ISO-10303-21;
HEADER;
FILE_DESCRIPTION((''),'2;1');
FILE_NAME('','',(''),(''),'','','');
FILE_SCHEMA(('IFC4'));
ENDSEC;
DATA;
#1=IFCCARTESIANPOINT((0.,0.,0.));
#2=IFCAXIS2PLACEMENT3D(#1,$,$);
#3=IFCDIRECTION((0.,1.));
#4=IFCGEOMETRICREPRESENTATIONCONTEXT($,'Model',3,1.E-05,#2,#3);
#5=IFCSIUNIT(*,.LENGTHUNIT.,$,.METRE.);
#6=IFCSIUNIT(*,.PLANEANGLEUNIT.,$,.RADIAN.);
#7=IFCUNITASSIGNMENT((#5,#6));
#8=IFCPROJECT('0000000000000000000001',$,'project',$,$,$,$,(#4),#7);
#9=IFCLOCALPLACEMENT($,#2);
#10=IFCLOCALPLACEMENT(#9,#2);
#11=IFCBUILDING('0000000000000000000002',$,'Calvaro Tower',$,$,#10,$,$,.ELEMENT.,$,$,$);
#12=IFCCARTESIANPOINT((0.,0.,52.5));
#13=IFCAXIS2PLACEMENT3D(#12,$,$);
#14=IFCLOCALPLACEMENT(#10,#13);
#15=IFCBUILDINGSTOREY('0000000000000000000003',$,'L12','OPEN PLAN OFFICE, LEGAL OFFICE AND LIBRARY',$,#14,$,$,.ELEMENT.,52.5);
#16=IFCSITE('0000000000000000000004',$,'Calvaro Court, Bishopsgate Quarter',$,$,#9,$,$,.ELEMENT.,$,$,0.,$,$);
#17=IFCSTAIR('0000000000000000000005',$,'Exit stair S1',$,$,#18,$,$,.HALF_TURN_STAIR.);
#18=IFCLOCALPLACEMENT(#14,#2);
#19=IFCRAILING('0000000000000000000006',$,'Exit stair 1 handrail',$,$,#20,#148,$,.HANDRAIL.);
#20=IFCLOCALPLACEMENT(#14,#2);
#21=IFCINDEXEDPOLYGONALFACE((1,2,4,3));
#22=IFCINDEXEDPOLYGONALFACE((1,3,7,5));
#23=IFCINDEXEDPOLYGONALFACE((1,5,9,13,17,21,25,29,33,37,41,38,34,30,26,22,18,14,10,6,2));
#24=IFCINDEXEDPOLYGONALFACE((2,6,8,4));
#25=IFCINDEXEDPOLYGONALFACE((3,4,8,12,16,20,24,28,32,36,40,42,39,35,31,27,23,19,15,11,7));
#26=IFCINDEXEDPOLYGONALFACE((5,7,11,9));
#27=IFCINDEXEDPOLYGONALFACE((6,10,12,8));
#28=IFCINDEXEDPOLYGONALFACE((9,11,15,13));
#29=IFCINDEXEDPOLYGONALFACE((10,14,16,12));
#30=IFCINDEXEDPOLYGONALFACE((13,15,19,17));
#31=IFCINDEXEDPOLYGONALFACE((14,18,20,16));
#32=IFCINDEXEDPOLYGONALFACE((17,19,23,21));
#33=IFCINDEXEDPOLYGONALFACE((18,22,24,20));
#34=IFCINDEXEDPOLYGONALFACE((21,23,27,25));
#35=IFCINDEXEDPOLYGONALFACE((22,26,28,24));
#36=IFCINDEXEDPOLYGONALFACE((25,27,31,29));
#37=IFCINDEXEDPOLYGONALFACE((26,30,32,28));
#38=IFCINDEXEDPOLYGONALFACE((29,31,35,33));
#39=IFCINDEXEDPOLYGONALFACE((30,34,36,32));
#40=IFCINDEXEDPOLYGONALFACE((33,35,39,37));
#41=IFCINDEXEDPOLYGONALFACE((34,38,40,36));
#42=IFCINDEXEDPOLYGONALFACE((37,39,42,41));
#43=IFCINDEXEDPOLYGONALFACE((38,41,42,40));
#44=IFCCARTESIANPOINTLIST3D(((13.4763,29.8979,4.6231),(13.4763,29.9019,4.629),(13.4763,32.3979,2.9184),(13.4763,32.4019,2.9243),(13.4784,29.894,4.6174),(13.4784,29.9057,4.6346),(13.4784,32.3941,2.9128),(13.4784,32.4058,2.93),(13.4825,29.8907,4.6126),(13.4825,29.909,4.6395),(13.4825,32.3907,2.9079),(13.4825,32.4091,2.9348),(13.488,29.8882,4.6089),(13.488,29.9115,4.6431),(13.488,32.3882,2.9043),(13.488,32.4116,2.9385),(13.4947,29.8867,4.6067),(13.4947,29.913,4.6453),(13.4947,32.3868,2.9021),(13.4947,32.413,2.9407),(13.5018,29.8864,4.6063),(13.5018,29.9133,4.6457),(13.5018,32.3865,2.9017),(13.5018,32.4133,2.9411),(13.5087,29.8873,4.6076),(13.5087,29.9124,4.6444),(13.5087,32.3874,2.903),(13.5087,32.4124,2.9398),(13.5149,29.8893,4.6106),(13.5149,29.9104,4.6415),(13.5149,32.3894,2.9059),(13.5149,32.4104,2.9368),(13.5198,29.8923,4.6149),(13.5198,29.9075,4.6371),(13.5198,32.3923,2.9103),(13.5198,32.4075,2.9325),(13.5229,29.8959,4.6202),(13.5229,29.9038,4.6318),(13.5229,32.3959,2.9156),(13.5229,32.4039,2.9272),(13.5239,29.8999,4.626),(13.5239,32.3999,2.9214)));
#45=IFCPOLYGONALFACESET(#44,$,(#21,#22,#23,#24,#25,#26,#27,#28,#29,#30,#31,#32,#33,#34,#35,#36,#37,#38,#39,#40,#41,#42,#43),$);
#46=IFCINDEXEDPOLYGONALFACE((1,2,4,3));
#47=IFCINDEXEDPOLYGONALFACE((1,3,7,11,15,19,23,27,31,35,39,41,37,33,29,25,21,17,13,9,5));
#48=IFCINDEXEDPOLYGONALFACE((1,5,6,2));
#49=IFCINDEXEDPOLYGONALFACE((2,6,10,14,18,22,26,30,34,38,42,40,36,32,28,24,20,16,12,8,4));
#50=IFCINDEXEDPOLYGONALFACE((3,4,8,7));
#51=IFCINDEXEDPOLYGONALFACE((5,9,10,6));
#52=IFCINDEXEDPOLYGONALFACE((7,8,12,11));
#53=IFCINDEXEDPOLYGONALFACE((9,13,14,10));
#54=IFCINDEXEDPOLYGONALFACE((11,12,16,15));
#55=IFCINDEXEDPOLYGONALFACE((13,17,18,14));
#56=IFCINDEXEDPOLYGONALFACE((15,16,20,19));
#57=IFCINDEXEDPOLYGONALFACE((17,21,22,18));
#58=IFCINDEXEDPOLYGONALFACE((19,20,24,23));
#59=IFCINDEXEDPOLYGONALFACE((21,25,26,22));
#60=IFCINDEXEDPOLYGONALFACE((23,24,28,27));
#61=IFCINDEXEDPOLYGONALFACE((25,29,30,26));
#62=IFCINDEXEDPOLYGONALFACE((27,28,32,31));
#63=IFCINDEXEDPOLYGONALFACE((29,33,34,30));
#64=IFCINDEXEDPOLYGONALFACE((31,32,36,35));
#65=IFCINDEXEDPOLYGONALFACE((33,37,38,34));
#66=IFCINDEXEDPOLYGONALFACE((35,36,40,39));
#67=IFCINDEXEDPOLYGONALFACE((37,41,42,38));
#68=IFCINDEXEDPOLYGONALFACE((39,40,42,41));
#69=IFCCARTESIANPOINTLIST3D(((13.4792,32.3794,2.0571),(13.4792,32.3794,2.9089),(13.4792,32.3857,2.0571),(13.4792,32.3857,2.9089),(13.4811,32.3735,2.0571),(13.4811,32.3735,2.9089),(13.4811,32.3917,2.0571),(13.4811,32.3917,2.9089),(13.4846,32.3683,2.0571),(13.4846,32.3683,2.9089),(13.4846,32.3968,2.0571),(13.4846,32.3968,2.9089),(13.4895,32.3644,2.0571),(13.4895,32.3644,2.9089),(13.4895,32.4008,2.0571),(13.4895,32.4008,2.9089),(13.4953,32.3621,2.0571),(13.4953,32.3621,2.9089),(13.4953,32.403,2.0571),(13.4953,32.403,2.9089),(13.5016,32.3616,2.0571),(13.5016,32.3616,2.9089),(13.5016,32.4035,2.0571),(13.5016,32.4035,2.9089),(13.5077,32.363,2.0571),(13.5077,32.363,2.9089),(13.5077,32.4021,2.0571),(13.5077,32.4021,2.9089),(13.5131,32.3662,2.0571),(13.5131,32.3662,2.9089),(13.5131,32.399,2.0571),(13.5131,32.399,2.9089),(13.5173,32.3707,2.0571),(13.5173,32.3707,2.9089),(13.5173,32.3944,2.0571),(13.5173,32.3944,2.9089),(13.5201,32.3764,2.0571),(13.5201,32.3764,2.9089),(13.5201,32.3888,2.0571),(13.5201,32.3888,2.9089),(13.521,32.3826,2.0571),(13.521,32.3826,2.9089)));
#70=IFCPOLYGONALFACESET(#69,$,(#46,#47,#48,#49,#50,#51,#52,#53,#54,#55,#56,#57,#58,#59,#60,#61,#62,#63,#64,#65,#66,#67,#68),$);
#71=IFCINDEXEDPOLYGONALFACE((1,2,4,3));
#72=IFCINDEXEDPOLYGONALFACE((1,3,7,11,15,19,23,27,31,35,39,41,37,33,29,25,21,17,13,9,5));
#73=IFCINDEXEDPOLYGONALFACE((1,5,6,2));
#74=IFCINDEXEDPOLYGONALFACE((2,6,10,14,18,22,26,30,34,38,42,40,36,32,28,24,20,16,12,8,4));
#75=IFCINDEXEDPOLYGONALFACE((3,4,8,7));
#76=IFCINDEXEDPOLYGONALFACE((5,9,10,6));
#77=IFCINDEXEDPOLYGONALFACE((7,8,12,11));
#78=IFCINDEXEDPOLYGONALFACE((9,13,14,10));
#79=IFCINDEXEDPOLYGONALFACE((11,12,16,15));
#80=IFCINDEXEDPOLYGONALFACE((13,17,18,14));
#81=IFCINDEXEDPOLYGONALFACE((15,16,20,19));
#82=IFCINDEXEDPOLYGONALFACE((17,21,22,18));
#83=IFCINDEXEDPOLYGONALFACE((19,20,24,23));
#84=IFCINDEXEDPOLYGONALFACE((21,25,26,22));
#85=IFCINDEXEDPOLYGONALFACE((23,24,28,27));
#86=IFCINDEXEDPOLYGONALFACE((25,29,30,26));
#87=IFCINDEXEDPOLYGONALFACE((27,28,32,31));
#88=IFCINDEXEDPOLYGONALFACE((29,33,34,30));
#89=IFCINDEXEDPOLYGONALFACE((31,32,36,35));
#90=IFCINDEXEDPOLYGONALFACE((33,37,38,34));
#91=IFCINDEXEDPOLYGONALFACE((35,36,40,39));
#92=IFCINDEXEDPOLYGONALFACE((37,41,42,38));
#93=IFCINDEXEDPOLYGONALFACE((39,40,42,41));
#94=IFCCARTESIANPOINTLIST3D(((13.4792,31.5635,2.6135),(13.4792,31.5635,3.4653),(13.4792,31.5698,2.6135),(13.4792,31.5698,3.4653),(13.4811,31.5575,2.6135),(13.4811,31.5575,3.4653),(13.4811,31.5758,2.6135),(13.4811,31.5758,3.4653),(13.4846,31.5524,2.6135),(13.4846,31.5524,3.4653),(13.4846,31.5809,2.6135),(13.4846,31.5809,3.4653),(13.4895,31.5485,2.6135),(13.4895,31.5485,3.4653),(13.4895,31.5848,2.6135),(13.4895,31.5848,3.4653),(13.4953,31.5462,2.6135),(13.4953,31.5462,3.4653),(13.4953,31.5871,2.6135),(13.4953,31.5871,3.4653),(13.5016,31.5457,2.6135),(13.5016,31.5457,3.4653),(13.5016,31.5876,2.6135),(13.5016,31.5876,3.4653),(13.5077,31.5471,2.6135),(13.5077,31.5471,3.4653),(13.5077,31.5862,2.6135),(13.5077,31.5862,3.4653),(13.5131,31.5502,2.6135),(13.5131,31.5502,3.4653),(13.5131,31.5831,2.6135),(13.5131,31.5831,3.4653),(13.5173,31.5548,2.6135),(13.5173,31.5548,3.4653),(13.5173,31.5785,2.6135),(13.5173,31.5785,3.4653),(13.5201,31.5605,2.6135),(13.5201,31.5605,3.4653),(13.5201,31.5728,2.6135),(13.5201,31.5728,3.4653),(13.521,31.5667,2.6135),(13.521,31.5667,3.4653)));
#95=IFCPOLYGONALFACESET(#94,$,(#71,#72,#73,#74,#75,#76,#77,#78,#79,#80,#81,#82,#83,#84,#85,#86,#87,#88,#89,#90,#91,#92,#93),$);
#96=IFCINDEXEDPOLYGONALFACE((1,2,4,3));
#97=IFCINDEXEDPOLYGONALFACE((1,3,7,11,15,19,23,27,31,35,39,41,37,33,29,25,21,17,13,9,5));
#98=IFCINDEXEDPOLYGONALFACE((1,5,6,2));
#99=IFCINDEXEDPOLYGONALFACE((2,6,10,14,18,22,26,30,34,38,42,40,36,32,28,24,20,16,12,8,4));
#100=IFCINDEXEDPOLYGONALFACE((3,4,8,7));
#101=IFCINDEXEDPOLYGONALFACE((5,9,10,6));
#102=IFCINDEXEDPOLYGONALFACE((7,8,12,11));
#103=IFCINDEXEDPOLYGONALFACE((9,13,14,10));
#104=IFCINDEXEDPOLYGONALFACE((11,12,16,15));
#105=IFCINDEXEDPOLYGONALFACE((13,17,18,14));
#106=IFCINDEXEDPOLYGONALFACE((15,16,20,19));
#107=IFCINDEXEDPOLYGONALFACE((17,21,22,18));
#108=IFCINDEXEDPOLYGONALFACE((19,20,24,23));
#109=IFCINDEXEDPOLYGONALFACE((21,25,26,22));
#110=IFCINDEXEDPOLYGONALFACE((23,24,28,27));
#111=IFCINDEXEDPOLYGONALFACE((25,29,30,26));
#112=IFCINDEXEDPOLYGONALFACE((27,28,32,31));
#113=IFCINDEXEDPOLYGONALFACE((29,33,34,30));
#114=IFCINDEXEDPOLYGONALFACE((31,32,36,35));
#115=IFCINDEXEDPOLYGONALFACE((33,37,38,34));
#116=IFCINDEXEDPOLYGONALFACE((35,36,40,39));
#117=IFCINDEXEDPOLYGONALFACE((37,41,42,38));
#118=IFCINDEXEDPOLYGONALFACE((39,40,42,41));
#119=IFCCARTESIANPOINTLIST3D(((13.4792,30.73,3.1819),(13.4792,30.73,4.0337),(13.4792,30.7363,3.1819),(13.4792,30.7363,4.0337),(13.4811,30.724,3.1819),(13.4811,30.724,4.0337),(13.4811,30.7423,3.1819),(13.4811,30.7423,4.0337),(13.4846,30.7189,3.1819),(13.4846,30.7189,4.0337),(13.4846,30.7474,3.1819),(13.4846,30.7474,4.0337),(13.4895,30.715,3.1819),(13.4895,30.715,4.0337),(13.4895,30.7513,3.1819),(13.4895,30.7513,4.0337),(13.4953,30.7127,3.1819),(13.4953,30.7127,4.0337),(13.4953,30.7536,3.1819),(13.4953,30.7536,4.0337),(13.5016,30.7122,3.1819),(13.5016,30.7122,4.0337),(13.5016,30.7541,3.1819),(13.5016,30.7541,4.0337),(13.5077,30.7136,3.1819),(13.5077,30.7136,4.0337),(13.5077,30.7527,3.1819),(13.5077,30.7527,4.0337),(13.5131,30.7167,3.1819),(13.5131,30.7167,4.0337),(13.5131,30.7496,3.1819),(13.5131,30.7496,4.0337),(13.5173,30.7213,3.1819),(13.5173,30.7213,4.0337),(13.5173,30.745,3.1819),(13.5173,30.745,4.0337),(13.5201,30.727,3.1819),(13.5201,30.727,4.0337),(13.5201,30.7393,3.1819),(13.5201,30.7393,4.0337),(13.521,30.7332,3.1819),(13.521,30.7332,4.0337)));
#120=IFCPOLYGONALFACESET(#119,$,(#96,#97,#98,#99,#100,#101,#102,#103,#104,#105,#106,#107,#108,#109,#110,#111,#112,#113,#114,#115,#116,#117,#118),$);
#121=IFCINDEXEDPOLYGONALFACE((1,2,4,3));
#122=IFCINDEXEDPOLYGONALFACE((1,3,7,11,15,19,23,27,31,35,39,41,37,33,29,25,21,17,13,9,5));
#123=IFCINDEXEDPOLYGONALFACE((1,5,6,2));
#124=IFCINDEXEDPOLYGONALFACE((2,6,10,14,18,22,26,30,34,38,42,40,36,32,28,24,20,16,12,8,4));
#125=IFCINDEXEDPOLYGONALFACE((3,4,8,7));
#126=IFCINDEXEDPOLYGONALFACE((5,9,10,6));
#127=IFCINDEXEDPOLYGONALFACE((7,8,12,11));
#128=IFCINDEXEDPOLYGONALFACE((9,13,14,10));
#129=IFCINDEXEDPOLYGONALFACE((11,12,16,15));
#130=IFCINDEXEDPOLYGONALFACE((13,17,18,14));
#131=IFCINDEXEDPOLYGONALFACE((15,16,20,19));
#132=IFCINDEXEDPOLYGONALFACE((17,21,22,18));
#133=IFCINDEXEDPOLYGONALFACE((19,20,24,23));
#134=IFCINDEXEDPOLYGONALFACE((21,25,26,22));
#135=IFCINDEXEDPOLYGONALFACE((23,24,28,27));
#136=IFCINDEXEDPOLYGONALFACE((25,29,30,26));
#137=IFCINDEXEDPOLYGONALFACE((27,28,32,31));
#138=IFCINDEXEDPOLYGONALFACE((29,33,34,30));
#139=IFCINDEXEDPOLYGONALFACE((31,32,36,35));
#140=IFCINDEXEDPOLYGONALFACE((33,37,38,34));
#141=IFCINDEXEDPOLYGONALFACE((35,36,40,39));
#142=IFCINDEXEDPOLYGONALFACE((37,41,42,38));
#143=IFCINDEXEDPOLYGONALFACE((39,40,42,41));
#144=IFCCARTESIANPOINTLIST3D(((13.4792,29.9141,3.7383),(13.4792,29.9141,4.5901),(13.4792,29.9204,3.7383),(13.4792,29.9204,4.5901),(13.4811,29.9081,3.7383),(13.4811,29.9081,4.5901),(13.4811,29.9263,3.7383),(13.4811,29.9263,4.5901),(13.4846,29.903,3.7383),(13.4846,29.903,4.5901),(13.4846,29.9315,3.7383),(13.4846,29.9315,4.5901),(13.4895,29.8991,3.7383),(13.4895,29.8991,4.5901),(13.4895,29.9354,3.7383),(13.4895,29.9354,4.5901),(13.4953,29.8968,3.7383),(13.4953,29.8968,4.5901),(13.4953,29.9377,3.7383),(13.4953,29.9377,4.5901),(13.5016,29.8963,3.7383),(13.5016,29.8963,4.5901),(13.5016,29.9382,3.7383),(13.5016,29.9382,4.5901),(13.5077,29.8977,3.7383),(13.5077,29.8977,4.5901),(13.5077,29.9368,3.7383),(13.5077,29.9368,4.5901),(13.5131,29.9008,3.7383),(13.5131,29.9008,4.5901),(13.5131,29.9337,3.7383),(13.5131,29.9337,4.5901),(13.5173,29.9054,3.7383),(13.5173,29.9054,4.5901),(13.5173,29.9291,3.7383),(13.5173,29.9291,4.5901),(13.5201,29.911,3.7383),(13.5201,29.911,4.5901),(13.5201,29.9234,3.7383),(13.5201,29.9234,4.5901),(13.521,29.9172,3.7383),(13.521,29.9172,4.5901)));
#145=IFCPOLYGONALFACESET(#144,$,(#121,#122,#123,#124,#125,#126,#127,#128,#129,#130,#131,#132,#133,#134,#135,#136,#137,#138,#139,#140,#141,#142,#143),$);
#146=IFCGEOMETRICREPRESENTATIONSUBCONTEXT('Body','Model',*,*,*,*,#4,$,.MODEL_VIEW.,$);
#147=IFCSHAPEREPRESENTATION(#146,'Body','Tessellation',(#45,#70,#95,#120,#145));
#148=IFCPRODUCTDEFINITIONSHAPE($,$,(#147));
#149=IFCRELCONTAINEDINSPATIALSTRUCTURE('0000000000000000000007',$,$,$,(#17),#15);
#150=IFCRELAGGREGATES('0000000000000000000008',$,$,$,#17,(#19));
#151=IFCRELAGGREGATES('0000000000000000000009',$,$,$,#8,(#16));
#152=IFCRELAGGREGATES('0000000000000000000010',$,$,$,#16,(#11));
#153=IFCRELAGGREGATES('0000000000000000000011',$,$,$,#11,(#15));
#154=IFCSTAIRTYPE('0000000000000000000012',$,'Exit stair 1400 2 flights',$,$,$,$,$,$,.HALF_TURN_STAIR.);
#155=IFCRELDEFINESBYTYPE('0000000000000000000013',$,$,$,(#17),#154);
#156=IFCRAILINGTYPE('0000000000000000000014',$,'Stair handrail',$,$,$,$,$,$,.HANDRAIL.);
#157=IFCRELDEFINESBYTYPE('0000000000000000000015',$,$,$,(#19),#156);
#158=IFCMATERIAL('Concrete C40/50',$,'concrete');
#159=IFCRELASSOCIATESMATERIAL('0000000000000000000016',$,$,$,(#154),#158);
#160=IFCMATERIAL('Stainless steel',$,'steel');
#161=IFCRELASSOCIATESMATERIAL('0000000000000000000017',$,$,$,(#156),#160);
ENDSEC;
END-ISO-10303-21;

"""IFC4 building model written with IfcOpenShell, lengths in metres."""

from ifc_helpers import new_model, si_unit, direction, frame, origin, origin_2d, place, context, subcontext, project, spatial, circle, extrude, material, type_object, element, aggregate, save


model = new_model("IFC4")

# Units and contexts
model_context = context("Model", 3, precision=1e-05, world=origin(), true_north=direction((0.0, 1.0)))
body_context = subcontext(model_context, "Body", "Model", "MODEL_VIEW")
ifc_project = project(units=[si_unit("LENGTHUNIT", "METRE"), si_unit("PLANEANGLEUNIT", "RADIAN")], contexts=[model_context])

# Site, building, storey
site_placement = place(None, origin())
site = spatial("IfcSite", under=ifc_project, at=site_placement, Name="Calvaro Court, Bishopsgate Quarter", CompositionType="ELEMENT", RefElevation=0.0)
building_placement = place(site_placement, origin())
building = spatial("IfcBuilding", under=site, at=building_placement, Name="Calvaro Tower", CompositionType="ELEMENT")
storey_placement = place(building_placement, frame((0.0, 0.0, 52.5)))
storey = spatial("IfcBuildingStorey", under=building, at=storey_placement, Name="L12", Description="OPEN PLAN OFFICE, LEGAL OFFICE AND LIBRARY", CompositionType="ELEMENT", Elevation=52.5)

# Stair, railing
ifc_material_1 = material(Name="Concrete C40/50", Category="concrete")
stair_type = type_object("IfcStairType", Name="Exit stair 1400 2 flights", PredefinedType="HALF_TURN_STAIR", material=ifc_material_1)
stair_placement = place(storey_placement, origin())
stair = element("IfcStair", 1, at=stair_placement, inside=storey, type_object=stair_type, Name="Exit stair S1", PredefinedType="HALF_TURN_STAIR")
ifc_material_2 = material(Name="Stainless steel", Category="steel")
railing_type = type_object("IfcRailingType", Name="Stair handrail", PredefinedType="HANDRAIL", material=ifc_material_2)
railing_1_placement = place(storey_placement, frame((13.5, 32.3999, 2.0454)))
railing_1 = element("IfcRailing", 2, at=railing_1_placement, type_object=railing_type, Name="Exit stair 1 handrail", PredefinedType="HANDRAIL", context=body_context, shape_type="SweptSolid", body=[
    extrude(circle(Radius=0.0239, at=origin_2d()), frame((0.0, 0.0, 0.876), z_axis=(0.0, -0.826221, 0.563347), x_axis=(1.0, 0.0, 0.0)), (0.0, 0.0, 1.0), 3.0259),
    extrude(circle(Radius=0.021, at=origin_2d()), frame((0.0, -0.0173, 0.0117)), (0.0, 0.0, 1.0), 0.8518),
    extrude(circle(Radius=0.021, at=origin_2d()), frame((0.0, -0.8333, 0.5681)), (0.0, 0.0, 1.0), 0.8518),
    extrude(circle(Radius=0.021, at=origin_2d()), frame((0.0, -1.6667, 1.1365)), (0.0, 0.0, 1.0), 0.8518),
    extrude(circle(Radius=0.021, at=origin_2d()), frame((0.0, -2.4827, 1.6929)), (0.0, 0.0, 1.0), 0.8518),
])
aggregate(stair, [railing_1])

save(model, "model.ifc")
